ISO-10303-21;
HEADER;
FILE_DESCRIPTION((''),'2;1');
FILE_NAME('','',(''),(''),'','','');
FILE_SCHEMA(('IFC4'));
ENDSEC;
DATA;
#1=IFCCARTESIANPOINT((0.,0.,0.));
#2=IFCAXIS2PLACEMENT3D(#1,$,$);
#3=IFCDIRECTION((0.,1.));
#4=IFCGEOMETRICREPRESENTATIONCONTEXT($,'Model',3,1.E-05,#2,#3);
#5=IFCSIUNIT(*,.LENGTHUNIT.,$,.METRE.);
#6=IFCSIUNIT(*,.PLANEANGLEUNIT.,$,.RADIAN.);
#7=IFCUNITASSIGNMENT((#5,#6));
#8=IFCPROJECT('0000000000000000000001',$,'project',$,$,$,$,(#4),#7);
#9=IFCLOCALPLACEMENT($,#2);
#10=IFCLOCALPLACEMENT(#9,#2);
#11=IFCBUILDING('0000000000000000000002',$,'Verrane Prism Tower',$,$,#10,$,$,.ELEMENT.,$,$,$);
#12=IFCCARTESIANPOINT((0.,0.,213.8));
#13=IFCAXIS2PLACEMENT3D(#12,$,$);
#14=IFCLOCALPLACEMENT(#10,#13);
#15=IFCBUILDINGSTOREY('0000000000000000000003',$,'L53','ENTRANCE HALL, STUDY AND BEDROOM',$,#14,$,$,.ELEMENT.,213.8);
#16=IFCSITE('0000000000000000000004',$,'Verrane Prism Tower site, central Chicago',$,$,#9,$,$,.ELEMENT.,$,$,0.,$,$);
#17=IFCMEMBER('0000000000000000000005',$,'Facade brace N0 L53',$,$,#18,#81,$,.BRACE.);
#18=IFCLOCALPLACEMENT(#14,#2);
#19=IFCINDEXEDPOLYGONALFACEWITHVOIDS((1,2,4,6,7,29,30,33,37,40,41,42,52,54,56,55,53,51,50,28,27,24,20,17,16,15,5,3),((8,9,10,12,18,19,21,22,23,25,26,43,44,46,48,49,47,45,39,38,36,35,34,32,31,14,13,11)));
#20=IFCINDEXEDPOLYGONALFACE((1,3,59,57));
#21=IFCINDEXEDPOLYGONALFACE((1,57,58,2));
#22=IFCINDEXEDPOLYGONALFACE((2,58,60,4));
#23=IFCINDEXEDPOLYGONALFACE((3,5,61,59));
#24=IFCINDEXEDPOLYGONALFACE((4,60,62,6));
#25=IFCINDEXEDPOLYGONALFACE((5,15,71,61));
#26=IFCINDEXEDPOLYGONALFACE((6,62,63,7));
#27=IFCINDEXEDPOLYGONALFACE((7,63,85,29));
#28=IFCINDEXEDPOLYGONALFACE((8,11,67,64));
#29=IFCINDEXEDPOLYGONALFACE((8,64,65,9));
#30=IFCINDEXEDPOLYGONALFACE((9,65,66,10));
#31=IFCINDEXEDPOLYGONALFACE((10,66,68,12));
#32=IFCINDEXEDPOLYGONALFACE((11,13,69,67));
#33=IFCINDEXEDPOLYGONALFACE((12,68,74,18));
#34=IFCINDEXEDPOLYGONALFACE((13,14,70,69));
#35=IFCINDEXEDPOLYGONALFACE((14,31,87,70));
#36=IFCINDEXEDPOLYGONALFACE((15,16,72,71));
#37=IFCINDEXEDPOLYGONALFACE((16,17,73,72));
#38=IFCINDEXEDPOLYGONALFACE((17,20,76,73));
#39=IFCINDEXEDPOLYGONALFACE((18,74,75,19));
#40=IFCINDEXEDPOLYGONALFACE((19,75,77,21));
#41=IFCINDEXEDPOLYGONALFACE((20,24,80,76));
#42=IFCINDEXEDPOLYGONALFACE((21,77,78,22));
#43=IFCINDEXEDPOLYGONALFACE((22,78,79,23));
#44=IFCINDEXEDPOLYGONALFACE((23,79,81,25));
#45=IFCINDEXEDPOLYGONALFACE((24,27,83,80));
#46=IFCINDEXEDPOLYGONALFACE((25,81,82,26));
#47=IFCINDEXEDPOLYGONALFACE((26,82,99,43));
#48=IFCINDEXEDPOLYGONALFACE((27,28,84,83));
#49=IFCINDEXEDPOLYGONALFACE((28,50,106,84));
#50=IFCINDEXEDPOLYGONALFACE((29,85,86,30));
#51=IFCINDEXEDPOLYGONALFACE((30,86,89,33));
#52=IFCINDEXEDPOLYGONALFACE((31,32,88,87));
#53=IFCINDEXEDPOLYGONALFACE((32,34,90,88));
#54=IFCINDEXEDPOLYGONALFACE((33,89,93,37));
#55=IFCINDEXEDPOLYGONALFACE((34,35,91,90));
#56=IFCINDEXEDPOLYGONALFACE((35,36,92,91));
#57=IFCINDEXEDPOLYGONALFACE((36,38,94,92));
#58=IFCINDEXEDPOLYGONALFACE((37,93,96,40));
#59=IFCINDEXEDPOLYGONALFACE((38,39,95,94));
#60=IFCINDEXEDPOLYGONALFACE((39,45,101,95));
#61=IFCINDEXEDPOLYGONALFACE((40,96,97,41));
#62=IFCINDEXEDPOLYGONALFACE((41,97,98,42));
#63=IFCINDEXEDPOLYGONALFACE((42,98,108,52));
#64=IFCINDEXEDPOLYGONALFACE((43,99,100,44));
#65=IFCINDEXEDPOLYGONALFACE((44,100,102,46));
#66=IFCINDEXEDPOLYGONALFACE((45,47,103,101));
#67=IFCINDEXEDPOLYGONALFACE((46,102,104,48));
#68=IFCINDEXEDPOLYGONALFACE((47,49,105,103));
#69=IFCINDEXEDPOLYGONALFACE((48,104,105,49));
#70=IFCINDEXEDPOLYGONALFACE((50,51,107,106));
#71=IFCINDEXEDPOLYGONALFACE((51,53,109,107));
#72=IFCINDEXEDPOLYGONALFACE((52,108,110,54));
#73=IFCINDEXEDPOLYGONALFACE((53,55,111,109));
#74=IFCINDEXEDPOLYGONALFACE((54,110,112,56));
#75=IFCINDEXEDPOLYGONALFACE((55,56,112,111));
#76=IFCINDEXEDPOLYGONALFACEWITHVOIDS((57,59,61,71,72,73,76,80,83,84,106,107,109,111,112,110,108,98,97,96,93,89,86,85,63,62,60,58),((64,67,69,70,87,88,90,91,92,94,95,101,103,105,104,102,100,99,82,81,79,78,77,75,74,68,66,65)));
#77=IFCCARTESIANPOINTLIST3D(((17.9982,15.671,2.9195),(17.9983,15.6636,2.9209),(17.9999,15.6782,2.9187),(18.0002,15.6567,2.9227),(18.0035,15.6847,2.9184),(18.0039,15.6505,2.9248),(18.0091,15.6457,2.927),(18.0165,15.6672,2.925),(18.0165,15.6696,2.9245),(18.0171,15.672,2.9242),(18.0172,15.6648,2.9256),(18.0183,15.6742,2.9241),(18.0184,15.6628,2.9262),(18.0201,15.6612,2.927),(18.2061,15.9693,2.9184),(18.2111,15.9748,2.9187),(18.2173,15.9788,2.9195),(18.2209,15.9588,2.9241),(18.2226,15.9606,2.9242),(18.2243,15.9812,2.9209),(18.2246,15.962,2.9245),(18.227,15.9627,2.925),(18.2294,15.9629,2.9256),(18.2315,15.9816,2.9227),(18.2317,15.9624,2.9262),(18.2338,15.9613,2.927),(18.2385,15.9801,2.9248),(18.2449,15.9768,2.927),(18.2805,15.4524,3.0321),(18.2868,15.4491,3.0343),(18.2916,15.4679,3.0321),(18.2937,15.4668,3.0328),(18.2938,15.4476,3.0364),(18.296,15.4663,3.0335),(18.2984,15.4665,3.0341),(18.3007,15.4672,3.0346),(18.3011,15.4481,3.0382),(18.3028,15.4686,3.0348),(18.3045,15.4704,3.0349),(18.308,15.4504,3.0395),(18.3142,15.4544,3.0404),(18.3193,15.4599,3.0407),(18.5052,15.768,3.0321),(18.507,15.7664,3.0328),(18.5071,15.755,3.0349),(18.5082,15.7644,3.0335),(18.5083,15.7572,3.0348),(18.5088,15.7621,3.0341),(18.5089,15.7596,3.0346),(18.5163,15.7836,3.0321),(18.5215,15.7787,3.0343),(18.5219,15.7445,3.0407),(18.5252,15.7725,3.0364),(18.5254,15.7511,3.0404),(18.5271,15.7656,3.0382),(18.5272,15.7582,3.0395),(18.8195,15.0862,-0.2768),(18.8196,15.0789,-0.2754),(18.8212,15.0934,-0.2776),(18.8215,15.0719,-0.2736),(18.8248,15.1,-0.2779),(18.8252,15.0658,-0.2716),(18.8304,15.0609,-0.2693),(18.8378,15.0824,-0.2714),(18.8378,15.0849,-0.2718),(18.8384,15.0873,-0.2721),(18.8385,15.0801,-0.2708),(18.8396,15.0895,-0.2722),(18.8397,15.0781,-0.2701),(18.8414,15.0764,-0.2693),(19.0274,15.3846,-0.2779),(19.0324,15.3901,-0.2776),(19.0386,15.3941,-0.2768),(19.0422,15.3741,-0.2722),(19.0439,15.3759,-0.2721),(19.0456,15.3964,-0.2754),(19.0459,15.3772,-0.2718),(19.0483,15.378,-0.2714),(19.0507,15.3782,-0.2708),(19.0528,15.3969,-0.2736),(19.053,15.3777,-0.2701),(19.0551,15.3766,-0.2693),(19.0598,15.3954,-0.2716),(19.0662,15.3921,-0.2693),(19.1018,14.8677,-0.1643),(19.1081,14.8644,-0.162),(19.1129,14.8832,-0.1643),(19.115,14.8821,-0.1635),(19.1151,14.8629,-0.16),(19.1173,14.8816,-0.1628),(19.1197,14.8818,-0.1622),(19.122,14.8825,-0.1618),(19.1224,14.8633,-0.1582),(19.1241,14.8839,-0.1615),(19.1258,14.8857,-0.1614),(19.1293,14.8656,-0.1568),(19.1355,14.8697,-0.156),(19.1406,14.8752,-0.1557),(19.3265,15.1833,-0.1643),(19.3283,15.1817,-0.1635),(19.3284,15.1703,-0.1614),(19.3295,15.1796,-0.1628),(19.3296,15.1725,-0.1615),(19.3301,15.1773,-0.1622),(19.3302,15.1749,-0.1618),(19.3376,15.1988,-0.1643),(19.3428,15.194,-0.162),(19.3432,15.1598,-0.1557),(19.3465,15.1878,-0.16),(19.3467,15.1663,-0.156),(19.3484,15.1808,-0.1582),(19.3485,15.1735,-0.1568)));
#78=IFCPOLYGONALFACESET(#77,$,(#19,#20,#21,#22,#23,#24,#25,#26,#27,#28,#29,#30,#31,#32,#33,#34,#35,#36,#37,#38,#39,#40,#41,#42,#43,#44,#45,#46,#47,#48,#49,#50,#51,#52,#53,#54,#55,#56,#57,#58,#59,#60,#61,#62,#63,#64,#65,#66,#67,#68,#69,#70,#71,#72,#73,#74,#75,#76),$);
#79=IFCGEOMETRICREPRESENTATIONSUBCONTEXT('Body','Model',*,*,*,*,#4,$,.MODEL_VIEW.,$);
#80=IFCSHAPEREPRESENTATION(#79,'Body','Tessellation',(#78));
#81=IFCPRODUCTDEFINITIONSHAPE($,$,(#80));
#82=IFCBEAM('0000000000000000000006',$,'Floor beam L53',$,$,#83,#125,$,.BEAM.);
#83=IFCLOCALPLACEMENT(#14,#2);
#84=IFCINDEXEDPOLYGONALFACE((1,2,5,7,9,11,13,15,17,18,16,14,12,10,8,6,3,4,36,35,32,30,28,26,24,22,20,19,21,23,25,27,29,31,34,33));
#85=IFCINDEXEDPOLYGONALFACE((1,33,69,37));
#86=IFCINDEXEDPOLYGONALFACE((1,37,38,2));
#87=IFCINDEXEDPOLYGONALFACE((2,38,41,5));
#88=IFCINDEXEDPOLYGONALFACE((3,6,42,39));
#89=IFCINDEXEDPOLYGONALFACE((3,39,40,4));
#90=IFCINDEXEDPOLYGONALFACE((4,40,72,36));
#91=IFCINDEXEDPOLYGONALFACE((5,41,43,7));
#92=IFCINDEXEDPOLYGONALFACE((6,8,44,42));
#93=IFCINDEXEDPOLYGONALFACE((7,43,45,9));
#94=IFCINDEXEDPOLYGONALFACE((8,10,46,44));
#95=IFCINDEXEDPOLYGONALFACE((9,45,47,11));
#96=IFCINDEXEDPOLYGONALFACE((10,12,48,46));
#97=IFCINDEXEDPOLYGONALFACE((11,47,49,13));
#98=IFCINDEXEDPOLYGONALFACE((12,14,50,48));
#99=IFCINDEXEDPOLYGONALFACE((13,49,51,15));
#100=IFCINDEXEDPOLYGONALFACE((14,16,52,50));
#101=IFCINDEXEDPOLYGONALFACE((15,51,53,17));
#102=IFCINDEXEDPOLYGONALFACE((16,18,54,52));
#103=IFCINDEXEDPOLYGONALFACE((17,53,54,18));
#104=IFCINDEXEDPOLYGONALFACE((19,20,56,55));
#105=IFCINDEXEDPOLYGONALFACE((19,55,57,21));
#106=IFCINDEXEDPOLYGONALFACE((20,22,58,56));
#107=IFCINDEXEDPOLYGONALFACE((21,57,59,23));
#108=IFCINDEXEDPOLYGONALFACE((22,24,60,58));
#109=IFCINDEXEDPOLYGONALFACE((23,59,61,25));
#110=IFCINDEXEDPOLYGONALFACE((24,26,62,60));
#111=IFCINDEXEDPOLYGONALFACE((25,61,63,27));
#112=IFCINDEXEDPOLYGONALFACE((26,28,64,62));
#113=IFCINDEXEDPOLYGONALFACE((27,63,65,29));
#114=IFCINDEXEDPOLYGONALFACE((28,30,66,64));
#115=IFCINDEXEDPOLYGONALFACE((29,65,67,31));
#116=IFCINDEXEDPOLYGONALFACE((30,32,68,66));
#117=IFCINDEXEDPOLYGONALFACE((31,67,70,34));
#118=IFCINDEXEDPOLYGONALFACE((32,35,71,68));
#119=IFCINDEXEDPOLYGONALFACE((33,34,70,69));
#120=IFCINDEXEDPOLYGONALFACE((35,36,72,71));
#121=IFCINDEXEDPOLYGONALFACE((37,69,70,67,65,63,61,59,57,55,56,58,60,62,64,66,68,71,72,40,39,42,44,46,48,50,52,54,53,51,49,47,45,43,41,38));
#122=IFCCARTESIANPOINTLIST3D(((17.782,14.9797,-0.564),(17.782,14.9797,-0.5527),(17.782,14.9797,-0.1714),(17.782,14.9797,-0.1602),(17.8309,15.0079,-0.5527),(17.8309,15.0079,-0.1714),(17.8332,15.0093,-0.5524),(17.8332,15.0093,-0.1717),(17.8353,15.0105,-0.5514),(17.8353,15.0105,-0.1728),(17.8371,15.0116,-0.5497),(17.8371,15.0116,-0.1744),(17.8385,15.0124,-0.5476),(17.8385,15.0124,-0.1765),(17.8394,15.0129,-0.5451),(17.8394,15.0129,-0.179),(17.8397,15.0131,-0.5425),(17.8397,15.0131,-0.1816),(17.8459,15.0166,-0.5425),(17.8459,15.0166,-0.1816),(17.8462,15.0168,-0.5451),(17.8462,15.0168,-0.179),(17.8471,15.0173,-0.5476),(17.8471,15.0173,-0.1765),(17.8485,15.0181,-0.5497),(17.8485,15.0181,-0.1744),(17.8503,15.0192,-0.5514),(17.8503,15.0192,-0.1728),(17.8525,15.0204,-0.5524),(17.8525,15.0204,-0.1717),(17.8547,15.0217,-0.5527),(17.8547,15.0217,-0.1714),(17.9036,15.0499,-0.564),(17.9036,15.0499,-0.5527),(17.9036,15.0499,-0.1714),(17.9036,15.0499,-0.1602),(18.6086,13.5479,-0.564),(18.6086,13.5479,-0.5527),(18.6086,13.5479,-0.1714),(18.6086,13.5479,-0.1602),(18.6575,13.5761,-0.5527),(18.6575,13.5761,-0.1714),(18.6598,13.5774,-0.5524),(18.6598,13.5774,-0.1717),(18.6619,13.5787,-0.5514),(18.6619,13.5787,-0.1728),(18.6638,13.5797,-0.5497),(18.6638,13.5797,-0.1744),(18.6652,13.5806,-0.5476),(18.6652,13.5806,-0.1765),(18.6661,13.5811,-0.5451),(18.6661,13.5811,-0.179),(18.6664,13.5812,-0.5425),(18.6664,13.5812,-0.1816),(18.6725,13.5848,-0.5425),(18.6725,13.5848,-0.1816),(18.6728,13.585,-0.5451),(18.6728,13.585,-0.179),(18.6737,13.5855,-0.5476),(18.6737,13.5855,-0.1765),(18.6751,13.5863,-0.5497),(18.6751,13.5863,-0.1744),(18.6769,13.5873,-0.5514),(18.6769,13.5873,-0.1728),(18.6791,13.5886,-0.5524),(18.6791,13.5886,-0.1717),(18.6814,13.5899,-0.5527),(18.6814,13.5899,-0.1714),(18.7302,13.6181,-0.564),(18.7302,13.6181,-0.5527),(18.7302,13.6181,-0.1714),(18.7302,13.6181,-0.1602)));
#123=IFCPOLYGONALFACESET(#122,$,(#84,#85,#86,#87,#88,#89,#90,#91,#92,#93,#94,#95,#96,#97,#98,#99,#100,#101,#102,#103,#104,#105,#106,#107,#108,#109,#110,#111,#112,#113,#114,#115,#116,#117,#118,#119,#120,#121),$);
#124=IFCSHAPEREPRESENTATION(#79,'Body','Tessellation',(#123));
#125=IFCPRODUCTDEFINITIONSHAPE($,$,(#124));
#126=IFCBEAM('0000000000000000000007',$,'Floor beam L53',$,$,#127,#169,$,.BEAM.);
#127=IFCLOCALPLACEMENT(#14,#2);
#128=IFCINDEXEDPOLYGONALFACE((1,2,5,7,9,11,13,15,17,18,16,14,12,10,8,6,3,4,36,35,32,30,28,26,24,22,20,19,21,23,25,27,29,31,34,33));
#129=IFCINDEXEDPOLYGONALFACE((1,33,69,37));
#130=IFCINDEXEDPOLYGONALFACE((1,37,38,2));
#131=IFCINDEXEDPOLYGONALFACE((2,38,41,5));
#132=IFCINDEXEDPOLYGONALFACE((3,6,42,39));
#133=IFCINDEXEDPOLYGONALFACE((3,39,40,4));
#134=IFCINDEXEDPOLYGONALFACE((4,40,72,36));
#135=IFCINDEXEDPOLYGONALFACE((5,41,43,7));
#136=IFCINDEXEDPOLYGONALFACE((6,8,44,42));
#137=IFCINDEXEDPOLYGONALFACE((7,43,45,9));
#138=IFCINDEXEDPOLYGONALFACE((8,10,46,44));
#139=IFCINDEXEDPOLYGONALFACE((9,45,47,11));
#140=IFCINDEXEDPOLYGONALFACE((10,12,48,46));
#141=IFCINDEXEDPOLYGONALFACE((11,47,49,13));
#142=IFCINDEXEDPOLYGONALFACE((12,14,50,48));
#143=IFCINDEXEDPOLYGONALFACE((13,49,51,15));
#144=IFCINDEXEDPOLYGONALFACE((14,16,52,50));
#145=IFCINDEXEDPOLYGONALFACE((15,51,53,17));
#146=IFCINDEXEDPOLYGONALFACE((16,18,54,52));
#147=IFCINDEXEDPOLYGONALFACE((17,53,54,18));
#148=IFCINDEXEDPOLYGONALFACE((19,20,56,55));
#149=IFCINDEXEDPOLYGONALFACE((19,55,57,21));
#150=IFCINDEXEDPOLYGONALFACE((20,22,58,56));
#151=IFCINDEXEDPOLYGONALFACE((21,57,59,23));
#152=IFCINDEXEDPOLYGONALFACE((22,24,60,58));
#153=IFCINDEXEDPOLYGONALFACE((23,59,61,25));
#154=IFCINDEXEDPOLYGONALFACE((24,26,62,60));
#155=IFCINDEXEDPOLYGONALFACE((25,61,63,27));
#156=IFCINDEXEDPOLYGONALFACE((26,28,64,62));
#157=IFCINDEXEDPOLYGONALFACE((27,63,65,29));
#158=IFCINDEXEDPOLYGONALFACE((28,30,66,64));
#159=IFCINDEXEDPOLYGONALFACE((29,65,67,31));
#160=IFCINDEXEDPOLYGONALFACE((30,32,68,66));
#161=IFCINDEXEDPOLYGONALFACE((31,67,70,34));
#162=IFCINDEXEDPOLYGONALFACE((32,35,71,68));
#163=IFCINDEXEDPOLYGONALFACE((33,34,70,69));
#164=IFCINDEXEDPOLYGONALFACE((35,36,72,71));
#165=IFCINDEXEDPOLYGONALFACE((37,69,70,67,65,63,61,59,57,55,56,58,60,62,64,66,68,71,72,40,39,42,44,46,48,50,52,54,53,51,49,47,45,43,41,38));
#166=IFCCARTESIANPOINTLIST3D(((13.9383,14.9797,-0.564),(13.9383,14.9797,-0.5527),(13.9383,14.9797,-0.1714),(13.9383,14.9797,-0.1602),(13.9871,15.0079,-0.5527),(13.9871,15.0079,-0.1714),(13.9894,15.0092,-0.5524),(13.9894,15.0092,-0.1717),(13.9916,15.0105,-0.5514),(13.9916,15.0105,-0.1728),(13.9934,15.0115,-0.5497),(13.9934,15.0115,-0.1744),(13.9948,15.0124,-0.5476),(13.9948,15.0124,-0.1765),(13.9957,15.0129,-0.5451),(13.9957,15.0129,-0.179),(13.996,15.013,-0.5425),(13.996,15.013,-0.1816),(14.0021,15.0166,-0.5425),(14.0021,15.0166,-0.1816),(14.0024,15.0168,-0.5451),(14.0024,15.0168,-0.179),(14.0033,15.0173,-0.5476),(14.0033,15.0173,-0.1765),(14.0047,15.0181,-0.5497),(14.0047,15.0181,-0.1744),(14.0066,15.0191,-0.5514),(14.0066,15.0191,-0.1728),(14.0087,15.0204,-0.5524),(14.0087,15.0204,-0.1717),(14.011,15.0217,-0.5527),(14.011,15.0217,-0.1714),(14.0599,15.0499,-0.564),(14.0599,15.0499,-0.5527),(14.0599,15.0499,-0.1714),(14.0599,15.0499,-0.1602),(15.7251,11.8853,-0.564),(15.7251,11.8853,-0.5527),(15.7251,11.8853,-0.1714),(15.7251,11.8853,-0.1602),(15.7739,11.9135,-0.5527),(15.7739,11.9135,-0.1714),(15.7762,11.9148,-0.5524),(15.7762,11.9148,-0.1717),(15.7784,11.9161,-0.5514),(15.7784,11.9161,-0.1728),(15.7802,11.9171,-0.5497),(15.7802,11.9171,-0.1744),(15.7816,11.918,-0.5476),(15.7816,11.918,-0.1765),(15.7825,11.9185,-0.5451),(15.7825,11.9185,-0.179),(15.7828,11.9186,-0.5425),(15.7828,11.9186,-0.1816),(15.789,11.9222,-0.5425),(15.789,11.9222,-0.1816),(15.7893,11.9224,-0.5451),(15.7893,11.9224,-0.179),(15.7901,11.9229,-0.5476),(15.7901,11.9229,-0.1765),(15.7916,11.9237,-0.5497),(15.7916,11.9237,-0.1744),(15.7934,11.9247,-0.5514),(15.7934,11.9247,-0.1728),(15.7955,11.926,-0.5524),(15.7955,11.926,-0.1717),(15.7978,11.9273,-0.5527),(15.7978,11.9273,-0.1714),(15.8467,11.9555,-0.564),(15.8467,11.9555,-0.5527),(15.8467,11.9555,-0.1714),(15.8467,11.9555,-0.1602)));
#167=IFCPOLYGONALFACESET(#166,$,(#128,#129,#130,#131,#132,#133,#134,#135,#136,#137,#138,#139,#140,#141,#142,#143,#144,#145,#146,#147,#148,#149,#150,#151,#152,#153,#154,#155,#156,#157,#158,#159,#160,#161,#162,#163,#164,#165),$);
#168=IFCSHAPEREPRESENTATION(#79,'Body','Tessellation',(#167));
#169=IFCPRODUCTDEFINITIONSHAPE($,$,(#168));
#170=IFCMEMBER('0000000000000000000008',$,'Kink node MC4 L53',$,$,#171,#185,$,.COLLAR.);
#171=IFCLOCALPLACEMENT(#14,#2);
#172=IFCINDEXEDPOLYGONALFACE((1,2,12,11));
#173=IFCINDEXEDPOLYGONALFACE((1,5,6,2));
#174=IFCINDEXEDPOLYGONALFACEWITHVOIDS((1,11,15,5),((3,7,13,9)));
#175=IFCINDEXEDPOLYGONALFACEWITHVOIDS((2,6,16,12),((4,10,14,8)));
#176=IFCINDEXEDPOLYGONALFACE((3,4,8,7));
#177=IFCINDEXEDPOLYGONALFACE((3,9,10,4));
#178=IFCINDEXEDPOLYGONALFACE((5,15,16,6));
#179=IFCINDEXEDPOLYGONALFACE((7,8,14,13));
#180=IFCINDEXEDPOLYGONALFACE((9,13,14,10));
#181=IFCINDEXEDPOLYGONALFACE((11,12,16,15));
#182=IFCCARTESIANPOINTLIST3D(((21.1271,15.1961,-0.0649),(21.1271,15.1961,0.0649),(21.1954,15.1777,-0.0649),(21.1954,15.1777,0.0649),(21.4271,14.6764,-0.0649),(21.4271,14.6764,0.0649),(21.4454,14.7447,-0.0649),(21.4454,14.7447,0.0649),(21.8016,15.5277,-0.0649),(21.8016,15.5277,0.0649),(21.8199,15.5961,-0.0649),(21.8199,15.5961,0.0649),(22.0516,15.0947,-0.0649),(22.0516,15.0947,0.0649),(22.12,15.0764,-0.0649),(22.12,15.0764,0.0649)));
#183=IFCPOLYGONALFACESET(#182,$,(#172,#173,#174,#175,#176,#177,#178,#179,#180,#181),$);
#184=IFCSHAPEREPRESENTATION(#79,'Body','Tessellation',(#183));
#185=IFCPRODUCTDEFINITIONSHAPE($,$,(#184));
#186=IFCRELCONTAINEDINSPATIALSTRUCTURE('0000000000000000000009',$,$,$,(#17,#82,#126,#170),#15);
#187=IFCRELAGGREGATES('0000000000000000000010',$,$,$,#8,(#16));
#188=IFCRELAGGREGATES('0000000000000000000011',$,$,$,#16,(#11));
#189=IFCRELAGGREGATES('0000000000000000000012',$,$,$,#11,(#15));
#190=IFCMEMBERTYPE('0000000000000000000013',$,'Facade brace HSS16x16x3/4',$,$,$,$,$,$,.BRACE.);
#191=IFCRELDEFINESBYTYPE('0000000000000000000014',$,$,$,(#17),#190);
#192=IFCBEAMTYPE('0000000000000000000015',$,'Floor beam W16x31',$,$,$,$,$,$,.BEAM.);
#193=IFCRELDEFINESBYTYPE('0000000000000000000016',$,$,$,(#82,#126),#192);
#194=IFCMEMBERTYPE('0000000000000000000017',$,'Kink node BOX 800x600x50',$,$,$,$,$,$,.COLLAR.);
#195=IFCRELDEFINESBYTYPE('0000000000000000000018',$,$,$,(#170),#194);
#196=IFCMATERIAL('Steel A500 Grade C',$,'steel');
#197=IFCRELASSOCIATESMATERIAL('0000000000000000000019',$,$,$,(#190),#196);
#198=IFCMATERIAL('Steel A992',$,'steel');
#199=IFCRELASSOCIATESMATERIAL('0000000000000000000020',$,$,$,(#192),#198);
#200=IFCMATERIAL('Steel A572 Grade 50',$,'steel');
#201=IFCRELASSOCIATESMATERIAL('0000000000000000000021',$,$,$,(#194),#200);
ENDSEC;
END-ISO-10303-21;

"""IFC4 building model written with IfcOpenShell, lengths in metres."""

from ifc_helpers import new_model, si_unit, direction, frame, origin, origin_2d, place, context, subcontext, project, spatial, hollow_rectangle, i_section, extrude, material, material_profile, profile_set, type_object, element, save


model = new_model("IFC4")

# Units and contexts
model_context = context("Model", 3, precision=1e-05, world=origin(), true_north=direction((0.0, 1.0)))
body_context = subcontext(model_context, "Body", "Model", "MODEL_VIEW")
ifc_project = project(units=[si_unit("LENGTHUNIT", "METRE"), si_unit("PLANEANGLEUNIT", "RADIAN")], contexts=[model_context])

# Site, building, storey
site_placement = place(None, origin())
site = spatial("IfcSite", under=ifc_project, at=site_placement, Name="Verrane Prism Tower site, central Chicago", CompositionType="ELEMENT", RefElevation=0.0)
building_placement = place(site_placement, origin())
building = spatial("IfcBuilding", under=site, at=building_placement, Name="Verrane Prism Tower", CompositionType="ELEMENT")
storey_placement = place(building_placement, frame((0.0, 0.0, 213.8)))
storey = spatial("IfcBuildingStorey", under=building, at=storey_placement, Name="L53", Description="ENTRANCE HALL, STUDY AND BEDROOM", CompositionType="ELEMENT", Elevation=213.8)

# Member
ifc_material_1 = material(Name="Steel A500 Grade C", Category="steel")
ifc_material_profile_1 = material_profile(ifc_material_1, hollow_rectangle(XDim=0.4065, YDim=0.4065, WallThickness=0.019, InnerFilletRadius=0.0095, OuterFilletRadius=0.0286, at=origin_2d()), Name="HSS16x16x3/4")
ifc_profile_set_1 = profile_set([ifc_material_profile_1], Name="Steel A500 Grade C")
member_type_1 = type_object("IfcMemberType", Name="Facade brace HSS16x16x3/4", PredefinedType="BRACE", material=ifc_profile_set_1)
member_1_placement = place(storey_placement, frame((19.084, 15.1299, -0.2168), z_axis=(-0.24505, 0.174463, 0.953684), x_axis=(-0.579978, -0.814632, 0.0)))
element("IfcMember", 1, at=member_1_placement, inside=storey, type_object=member_type_1, Name="Facade brace N0 L53", PredefinedType="BRACE", context=body_context, shape_type="SweptSolid", body=[
    extrude(hollow_rectangle(XDim=0.4065, YDim=0.4065, WallThickness=0.019, InnerFilletRadius=0.0095, OuterFilletRadius=0.0286, at=origin_2d()), origin(), (0.0, 0.0, 1.0), 3.3516),
])

# Beams
ifc_material_2 = material(Name="Steel A992", Category="steel")
ifc_material_profile_2 = material_profile(ifc_material_2, i_section(OverallWidth=0.1404, OverallDepth=0.4038, WebThickness=0.0071, FlangeThickness=0.0112, FilletRadius=0.0103, at=origin_2d()), Name="W16x31")
ifc_profile_set_2 = profile_set([ifc_material_profile_2], Name="Steel A992")
beam_type_1 = type_object("IfcBeamType", Name="Floor beam W16x31", PredefinedType="BEAM", material=ifc_profile_set_2)
beam_1_placement = place(storey_placement, frame((18.6694, 13.583, -0.3621), z_axis=(-0.499982, 0.866036, 0.0), x_axis=(-0.866036, -0.499982, 0.0)))
element("IfcBeam", 2, at=beam_1_placement, inside=storey, type_object=beam_type_1, Name="Floor beam L53", PredefinedType="BEAM", context=body_context, shape_type="SweptSolid", body=[
    extrude(i_section(OverallWidth=0.1404, OverallDepth=0.4038, WebThickness=0.0071, FlangeThickness=0.0112, FilletRadius=0.0103, at=origin_2d()), origin(), (0.0, 0.0, 1.0), 1.6533),
])
beam_2_placement = place(storey_placement, frame((15.7859, 11.9204, -0.3621), z_axis=(-0.500056, 0.865993, 0.0), x_axis=(-0.865993, -0.500056, 0.0)))
element("IfcBeam", 3, at=beam_2_placement, inside=storey, type_object=beam_type_1, Name="Floor beam L53", PredefinedType="BEAM", context=body_context, shape_type="SweptSolid", body=[
    extrude(i_section(OverallWidth=0.1404, OverallDepth=0.4038, WebThickness=0.0071, FlangeThickness=0.0112, FilletRadius=0.0103, at=origin_2d()), origin(), (0.0, 0.0, 1.0), 3.5732),
])

# Member
ifc_material_3 = material(Name="Steel A572 Grade 50", Category="steel")
ifc_material_profile_3 = material_profile(ifc_material_3, hollow_rectangle(XDim=0.6001, YDim=0.8, WallThickness=0.05, at=origin_2d()), Name="BOX 800x600x50")
ifc_profile_set_3 = profile_set([ifc_material_profile_3], Name="Steel A572 Grade 50")
member_type_2 = type_object("IfcMemberType", Name="Kink node BOX 800x600x50", PredefinedType="COLLAR", material=ifc_profile_set_3)
member_2_placement = place(storey_placement, frame((21.6235, 15.1362, -0.0649), z_axis=(0.0, 0.0, 1.0), x_axis=(0.5, -0.866025, 0.0)))
element("IfcMember", 4, at=member_2_placement, inside=storey, type_object=member_type_2, Name="Kink node MC4 L53", PredefinedType="COLLAR", context=body_context, shape_type="SweptSolid", body=[
    extrude(hollow_rectangle(XDim=0.6001, YDim=0.8, WallThickness=0.05, at=origin_2d()), origin(), (0.0, 0.0, 1.0), 0.1299),
])

save(model, "model.ifc")
